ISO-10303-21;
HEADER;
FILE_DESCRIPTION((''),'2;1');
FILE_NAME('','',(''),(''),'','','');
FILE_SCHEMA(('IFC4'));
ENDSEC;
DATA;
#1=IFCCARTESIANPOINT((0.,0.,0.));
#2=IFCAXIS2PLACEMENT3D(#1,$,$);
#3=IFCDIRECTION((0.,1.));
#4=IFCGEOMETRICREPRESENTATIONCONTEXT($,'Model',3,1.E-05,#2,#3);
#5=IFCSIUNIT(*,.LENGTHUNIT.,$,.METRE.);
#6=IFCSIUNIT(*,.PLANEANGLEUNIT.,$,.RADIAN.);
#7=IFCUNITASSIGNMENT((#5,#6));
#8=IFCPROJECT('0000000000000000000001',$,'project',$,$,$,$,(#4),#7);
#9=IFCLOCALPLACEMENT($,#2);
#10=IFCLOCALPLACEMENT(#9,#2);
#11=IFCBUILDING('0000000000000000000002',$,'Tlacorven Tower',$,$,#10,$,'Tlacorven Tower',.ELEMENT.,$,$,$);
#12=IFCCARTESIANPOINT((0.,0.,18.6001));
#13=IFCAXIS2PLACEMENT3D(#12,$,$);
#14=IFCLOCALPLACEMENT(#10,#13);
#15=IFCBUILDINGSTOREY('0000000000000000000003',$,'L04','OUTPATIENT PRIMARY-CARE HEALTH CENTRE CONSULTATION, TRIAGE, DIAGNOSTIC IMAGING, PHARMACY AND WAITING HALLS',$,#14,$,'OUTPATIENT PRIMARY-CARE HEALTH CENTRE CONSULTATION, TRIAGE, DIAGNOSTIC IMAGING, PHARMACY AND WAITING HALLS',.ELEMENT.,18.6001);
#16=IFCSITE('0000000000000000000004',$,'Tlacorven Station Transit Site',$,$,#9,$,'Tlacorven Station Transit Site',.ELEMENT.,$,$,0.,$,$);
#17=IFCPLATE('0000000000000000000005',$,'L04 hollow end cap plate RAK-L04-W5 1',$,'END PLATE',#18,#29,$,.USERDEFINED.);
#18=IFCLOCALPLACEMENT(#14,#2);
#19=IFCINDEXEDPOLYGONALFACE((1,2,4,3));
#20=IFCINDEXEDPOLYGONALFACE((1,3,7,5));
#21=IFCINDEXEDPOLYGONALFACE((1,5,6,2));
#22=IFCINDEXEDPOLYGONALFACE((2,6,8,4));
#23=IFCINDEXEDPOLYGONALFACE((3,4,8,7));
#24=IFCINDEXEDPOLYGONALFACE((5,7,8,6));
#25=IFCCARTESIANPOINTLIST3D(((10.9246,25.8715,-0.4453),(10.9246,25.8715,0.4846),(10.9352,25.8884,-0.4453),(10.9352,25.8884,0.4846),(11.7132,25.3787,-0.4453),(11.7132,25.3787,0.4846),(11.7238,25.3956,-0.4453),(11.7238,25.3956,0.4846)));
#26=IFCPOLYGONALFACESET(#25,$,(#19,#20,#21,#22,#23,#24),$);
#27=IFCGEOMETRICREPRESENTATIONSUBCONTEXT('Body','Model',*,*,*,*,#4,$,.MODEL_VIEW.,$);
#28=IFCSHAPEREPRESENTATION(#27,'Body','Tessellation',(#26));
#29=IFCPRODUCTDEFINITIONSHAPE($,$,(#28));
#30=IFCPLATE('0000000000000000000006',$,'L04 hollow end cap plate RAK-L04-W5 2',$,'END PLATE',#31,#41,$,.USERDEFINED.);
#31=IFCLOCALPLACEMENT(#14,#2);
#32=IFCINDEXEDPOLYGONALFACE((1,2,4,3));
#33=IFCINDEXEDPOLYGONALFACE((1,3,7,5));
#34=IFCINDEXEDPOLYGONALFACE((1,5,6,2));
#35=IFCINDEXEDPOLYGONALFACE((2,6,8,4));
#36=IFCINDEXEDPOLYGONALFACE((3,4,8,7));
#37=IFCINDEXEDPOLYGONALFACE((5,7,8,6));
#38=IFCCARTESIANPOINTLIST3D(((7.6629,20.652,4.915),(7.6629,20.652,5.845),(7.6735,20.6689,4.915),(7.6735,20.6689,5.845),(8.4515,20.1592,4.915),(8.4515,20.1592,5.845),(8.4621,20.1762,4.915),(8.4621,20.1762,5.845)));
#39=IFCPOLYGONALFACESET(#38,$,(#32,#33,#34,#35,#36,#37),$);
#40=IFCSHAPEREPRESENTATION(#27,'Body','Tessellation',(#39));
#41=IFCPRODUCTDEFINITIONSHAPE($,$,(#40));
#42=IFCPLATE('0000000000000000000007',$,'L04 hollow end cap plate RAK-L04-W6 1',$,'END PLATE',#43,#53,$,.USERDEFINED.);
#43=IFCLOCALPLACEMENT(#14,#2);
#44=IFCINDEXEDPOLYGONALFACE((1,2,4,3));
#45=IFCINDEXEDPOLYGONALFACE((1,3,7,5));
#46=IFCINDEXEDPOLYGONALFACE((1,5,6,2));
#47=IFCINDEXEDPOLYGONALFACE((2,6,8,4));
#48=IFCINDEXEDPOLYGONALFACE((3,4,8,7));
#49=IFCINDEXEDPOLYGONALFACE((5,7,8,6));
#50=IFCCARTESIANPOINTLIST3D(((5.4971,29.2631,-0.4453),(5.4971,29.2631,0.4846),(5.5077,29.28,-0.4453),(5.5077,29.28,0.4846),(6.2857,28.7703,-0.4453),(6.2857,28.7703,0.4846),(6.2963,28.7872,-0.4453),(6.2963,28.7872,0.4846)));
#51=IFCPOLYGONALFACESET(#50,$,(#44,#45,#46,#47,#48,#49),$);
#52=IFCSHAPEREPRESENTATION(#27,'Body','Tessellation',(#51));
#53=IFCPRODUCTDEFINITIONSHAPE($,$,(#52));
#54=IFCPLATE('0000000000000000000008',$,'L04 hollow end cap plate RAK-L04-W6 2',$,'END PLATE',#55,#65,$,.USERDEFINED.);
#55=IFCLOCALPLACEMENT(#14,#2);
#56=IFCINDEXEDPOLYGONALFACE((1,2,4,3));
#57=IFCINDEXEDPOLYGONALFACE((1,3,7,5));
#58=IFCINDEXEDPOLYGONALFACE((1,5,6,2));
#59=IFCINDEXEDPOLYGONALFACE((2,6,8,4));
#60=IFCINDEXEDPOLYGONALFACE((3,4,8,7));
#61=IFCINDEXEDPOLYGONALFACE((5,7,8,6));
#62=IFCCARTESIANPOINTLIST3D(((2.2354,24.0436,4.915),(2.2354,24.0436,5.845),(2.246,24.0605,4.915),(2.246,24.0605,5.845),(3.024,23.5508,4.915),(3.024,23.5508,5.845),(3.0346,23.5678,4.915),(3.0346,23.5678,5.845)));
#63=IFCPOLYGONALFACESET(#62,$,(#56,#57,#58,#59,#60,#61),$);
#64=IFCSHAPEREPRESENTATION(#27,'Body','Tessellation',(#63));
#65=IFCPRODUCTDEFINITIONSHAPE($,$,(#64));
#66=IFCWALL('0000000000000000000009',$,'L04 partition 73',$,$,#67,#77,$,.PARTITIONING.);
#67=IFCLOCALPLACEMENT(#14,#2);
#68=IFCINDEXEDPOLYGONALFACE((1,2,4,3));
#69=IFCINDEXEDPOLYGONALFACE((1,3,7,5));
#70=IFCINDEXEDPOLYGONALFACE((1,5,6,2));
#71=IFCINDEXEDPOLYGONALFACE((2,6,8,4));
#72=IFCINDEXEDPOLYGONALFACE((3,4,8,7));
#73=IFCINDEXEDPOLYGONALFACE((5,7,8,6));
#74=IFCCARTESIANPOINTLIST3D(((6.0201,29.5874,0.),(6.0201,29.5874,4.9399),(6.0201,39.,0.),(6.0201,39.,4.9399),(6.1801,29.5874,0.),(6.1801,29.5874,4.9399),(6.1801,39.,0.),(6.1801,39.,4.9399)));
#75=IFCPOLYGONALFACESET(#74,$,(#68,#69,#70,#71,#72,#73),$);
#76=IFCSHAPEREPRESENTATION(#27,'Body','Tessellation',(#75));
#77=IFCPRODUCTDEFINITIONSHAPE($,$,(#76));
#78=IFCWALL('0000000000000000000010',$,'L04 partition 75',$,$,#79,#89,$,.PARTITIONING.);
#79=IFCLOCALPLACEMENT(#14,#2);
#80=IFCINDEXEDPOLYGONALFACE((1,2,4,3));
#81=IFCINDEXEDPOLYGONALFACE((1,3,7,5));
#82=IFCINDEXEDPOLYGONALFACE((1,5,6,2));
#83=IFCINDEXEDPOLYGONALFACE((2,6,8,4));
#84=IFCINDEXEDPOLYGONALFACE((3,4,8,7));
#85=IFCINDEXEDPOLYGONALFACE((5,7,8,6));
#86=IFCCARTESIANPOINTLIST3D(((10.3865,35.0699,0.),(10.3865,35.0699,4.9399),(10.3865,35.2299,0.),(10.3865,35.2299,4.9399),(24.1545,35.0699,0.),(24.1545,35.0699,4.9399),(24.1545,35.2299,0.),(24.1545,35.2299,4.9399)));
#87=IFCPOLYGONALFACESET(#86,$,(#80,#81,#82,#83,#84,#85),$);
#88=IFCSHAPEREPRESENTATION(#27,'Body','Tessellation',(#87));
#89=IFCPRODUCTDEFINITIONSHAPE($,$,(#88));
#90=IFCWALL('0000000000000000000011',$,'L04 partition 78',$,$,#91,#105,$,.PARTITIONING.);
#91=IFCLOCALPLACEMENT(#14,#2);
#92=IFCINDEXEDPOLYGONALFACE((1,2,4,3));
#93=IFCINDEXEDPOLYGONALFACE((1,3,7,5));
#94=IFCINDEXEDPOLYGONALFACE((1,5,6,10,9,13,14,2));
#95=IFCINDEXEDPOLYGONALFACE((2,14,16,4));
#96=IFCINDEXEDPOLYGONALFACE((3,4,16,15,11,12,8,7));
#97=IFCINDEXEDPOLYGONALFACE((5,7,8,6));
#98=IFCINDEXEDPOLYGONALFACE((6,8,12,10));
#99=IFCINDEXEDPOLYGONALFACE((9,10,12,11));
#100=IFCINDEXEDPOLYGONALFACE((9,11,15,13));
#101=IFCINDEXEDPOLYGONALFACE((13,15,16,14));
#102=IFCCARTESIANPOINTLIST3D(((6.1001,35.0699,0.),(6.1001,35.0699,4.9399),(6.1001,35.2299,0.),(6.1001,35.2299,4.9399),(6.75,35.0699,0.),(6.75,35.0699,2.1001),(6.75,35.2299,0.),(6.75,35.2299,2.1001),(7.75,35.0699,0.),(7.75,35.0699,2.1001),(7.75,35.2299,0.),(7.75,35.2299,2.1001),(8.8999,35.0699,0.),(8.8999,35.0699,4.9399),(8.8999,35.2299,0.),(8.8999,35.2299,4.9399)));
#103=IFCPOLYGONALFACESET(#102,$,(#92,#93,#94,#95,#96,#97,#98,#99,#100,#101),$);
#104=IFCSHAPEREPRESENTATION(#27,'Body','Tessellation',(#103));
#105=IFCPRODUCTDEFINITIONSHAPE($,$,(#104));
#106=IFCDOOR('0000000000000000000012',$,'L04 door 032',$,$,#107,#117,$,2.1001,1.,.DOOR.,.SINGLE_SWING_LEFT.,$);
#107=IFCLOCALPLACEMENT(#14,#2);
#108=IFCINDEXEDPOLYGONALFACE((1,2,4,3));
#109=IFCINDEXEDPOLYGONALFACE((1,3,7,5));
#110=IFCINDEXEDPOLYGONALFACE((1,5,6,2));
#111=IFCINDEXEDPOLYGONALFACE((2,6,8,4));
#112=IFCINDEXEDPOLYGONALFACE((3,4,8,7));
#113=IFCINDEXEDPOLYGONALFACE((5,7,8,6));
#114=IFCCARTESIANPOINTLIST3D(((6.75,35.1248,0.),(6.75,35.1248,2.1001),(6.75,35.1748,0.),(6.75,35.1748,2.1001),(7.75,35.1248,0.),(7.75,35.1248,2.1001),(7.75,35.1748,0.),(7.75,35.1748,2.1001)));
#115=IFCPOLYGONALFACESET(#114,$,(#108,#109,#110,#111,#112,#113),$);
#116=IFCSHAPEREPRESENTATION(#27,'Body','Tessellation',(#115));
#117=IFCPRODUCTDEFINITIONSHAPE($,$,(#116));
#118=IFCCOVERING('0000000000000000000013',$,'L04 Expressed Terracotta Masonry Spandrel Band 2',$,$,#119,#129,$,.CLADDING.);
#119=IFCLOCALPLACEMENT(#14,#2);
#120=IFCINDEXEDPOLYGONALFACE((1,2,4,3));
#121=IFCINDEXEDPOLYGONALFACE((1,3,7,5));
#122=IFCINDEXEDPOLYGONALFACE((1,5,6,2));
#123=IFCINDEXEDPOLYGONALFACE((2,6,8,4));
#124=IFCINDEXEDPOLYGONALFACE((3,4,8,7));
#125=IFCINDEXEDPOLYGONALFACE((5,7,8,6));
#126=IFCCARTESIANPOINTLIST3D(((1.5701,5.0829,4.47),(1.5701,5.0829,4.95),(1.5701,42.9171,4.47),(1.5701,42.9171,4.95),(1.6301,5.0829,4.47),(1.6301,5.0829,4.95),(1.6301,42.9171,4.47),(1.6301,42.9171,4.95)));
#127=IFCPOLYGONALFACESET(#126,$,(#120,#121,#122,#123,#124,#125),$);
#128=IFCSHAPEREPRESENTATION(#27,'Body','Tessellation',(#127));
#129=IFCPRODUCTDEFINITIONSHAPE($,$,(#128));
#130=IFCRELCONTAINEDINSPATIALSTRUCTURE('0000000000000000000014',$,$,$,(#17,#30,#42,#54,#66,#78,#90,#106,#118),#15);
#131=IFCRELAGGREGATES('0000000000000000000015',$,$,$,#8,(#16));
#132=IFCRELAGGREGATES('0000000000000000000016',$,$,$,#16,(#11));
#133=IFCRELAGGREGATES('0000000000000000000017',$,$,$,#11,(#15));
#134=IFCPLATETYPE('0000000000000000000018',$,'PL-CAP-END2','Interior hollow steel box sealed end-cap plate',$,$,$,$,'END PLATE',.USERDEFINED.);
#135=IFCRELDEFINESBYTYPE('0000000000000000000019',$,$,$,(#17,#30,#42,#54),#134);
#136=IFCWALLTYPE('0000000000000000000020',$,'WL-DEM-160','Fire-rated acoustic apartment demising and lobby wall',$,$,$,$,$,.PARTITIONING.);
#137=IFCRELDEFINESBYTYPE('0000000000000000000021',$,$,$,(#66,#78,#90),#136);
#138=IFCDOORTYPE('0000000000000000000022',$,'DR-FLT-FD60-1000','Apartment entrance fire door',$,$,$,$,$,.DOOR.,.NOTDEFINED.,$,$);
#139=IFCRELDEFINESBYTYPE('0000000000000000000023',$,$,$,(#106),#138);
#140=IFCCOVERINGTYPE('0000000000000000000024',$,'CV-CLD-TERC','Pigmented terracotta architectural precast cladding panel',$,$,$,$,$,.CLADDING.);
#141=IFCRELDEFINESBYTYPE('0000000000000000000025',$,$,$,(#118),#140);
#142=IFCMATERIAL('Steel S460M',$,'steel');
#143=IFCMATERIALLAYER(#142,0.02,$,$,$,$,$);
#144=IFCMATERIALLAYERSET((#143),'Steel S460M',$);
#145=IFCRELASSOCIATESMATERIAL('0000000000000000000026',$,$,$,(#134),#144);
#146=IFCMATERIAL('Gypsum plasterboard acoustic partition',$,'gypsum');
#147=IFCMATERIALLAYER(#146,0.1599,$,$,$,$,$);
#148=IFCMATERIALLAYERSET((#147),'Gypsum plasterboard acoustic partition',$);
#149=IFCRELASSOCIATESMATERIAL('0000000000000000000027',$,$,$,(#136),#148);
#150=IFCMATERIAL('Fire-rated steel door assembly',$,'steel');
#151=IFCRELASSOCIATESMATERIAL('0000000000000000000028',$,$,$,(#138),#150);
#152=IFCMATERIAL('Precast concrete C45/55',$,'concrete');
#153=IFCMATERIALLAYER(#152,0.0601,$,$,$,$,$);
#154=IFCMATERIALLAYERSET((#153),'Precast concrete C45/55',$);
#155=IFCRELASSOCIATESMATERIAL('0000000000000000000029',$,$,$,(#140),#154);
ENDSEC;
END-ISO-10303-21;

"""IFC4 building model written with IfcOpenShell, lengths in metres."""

from ifc_helpers import new_model, si_unit, direction, frame, frame_2d, origin, origin_2d, place, context, subcontext, project, spatial, rectangle, extrude, source, transform, mapped, material, layer, layer_set, type_object, element, fill, save


model = new_model("IFC4")

# Units and contexts
model_context = context("Model", 3, precision=1e-05, world=origin(), true_north=direction((0.0, 1.0)))
body_context = subcontext(model_context, "Body", "Model", "MODEL_VIEW")
ifc_project = project(units=[si_unit("LENGTHUNIT", "METRE"), si_unit("PLANEANGLEUNIT", "RADIAN")], contexts=[model_context])

# Site, building, storey
site_placement = place(None, origin())
site = spatial("IfcSite", under=ifc_project, at=site_placement, Name="Tlacorven Station Transit Site", LongName="Tlacorven Station Transit Site", CompositionType="ELEMENT", RefElevation=0.0)
building_placement = place(site_placement, origin())
building = spatial("IfcBuilding", under=site, at=building_placement, Name="Tlacorven Tower", LongName="Tlacorven Tower", CompositionType="ELEMENT")
storey_placement = place(building_placement, frame((0.0, 0.0, 18.6001)))
storey = spatial("IfcBuildingStorey", under=building, at=storey_placement, Name="L04", Description="OUTPATIENT PRIMARY-CARE HEALTH CENTRE CONSULTATION, TRIAGE, DIAGNOSTIC IMAGING, PHARMACY AND WAITING HALLS", LongName="OUTPATIENT PRIMARY-CARE HEALTH CENTRE CONSULTATION, TRIAGE, DIAGNOSTIC IMAGING, PHARMACY AND WAITING HALLS", CompositionType="ELEMENT", Elevation=18.6001)

# Shared definitions
ifc_material_1 = material(Name="Steel S460M", Category="steel")

# Plates
ifc_layer_1 = layer(ifc_material_1, 0.02)
ifc_layer_set_1 = layer_set([ifc_layer_1], Name="Steel S460M")
plate_type = type_object("IfcPlateType", Name="PL-CAP-END2", Description="Interior hollow steel box sealed end-cap plate", ElementType="END PLATE", PredefinedType="USERDEFINED", material=ifc_layer_set_1)
shared_shape_1 = source(origin(), body_context, "Body", "SweptSolid", [
    extrude(rectangle(XDim=0.02, YDim=0.9299, at=origin_2d()), origin(), (0.0, 0.0, 1.0), 0.9299),
])
for number, where, z_axis, x_axis, name in (
    (1, (11.3242, 25.6335, -0.4453), (0.0, 0.0, 1.0), (-0.529919, -0.848048, 0.0), "L04 hollow end cap plate RAK-L04-W5 1"),
    (2, (8.0625, 20.4141, 4.915), (0.0, 0.0, 1.0), (-0.529919, -0.848048, 0.0), "L04 hollow end cap plate RAK-L04-W5 2"),
    (3, (5.8967, 29.0251, -0.4453), (0.0, 0.0, 1.0), (-0.529919, -0.848048, 0.0), "L04 hollow end cap plate RAK-L04-W6 1"),
    (4, (2.635, 23.8057, 4.915), (0.0, 0.0, 1.0), (-0.529919, -0.848048, 0.0), "L04 hollow end cap plate RAK-L04-W6 2"),
):
    element("IfcPlate", number, at=place(storey_placement, frame(where, z_axis=z_axis, x_axis=x_axis)), inside=storey, type_object=plate_type, Name=name, ObjectType="END PLATE", PredefinedType="USERDEFINED", context=body_context, shape_type="MappedRepresentation", body=[
        mapped(shared_shape_1, transform((0.0, 0.0, 0.0), scale=1.0)),
    ])

# Walls
ifc_material_2 = material(Name="Gypsum plasterboard acoustic partition", Category="gypsum")
ifc_layer_2 = layer(ifc_material_2, 0.1599)
ifc_layer_set_2 = layer_set([ifc_layer_2], Name="Gypsum plasterboard acoustic partition")
wall_type = type_object("IfcWallType", Name="WL-DEM-160", Description="Fire-rated acoustic apartment demising and lobby wall", PredefinedType="PARTITIONING", material=ifc_layer_set_2)
wall_1_placement = place(storey_placement, frame((6.1001, 29.5874, 0.0), z_axis=(0.0, 0.0, 1.0), x_axis=(0.0, 1.0, 0.0)))
element("IfcWall", 5, at=wall_1_placement, inside=storey, type_object=wall_type, Name="L04 partition 73", PredefinedType="PARTITIONING", context=body_context, shape_type="SweptSolid", body=[
    extrude(rectangle(XDim=9.4126, YDim=0.1599, at=frame_2d((4.7063, 0.0))), origin(), (0.0, 0.0, 1.0), 4.9399),
])
wall_2_placement = place(storey_placement, frame((10.3865, 35.1499, 0.0), z_axis=(0.0, 0.0, 1.0), x_axis=(1.0, 0.0, 0.0)))
element("IfcWall", 6, at=wall_2_placement, inside=storey, type_object=wall_type, Name="L04 partition 75", PredefinedType="PARTITIONING", context=body_context, shape_type="SweptSolid", body=[
    extrude(rectangle(XDim=13.7681, YDim=0.1599, at=frame_2d((6.884, 0.0))), origin(), (0.0, 0.0, 1.0), 4.9399),
])

# Wall, opening, door
wall_3_placement = place(storey_placement, frame((6.1001, 35.1499, 0.0), z_axis=(0.0, 0.0, 1.0), x_axis=(1.0, 0.0, 0.0)))
wall_3 = element("IfcWall", 7, at=wall_3_placement, inside=storey, type_object=wall_type, Name="L04 partition 78", PredefinedType="PARTITIONING", context=body_context, shape_type="SweptSolid", body=[
    extrude(rectangle(XDim=2.7998, YDim=0.1599, at=frame_2d((1.3999, 0.0))), origin(), (0.0, 0.0, 1.0), 4.9399),
])
opening_placement = place(wall_3_placement, frame((0.6499, 0.0, 0.0)))
opening = element("IfcOpeningElement", 8, at=opening_placement, cuts=wall_3, PredefinedType="OPENING", context=body_context, shape_type="SweptSolid", body=[
    extrude(rectangle(XDim=1.0, YDim=2.1001, at=frame_2d((0.5, 1.05))), frame((0.0, 0.0898, 0.0), z_axis=(0.0, -1.0, 0.0), x_axis=(1.0, 0.0, 0.0)), (0.0, 0.0, 1.0), 0.1799),
])
ifc_material_3 = material(Name="Fire-rated steel door assembly", Category="steel")
door_type = type_object("IfcDoorType", Name="DR-FLT-FD60-1000", Description="Apartment entrance fire door", OperationType="NOTDEFINED", PredefinedType="DOOR", material=ifc_material_3)
shared_shape_2 = source(origin(), body_context, "Body", "SweptSolid", [
    extrude(rectangle(XDim=1.0, YDim=2.1001, at=frame_2d((0.5, 1.05))), frame((0.0, 0.0249, 0.0), z_axis=(0.0, -1.0, 0.0), x_axis=(1.0, 0.0, 0.0)), (0.0, 0.0, 1.0), 0.05),
])
door_placement = place(opening_placement, origin())
door = element("IfcDoor", 9, at=door_placement, inside=storey, type_object=door_type, Name="L04 door 032", OperationType="SINGLE_SWING_LEFT", OverallHeight=2.1001, OverallWidth=1.0, PredefinedType="DOOR", context=body_context, shape_type="MappedRepresentation", body=[
    mapped(shared_shape_2, transform((0.0, 0.0, 0.0), scale=1.0)),
])
fill(opening, door)

# Covering
ifc_material_4 = material(Name="Precast concrete C45/55", Category="concrete")
ifc_layer_3 = layer(ifc_material_4, 0.0601)
ifc_layer_set_3 = layer_set([ifc_layer_3], Name="Precast concrete C45/55")
covering_type = type_object("IfcCoveringType", Name="CV-CLD-TERC", Description="Pigmented terracotta architectural precast cladding panel", PredefinedType="CLADDING", material=ifc_layer_set_3)
shared_shape_3 = source(origin(), body_context, "Body", "SweptSolid", [
    extrude(rectangle(XDim=37.8342, YDim=0.0601, at=origin_2d()), origin(), (0.0, 0.0, 1.0), 0.48),
])
covering_placement = place(storey_placement, frame((1.6001, 24.0, 4.47), z_axis=(0.0, 0.0, 1.0), x_axis=(0.0, 1.0, 0.0)))
element("IfcCovering", 10, at=covering_placement, inside=storey, type_object=covering_type, Name="L04 Expressed Terracotta Masonry Spandrel Band 2", PredefinedType="CLADDING", context=body_context, shape_type="MappedRepresentation", body=[
    mapped(shared_shape_3, transform((0.0, 0.0, 0.0), scale=1.0)),
])

save(model, "model.ifc")
